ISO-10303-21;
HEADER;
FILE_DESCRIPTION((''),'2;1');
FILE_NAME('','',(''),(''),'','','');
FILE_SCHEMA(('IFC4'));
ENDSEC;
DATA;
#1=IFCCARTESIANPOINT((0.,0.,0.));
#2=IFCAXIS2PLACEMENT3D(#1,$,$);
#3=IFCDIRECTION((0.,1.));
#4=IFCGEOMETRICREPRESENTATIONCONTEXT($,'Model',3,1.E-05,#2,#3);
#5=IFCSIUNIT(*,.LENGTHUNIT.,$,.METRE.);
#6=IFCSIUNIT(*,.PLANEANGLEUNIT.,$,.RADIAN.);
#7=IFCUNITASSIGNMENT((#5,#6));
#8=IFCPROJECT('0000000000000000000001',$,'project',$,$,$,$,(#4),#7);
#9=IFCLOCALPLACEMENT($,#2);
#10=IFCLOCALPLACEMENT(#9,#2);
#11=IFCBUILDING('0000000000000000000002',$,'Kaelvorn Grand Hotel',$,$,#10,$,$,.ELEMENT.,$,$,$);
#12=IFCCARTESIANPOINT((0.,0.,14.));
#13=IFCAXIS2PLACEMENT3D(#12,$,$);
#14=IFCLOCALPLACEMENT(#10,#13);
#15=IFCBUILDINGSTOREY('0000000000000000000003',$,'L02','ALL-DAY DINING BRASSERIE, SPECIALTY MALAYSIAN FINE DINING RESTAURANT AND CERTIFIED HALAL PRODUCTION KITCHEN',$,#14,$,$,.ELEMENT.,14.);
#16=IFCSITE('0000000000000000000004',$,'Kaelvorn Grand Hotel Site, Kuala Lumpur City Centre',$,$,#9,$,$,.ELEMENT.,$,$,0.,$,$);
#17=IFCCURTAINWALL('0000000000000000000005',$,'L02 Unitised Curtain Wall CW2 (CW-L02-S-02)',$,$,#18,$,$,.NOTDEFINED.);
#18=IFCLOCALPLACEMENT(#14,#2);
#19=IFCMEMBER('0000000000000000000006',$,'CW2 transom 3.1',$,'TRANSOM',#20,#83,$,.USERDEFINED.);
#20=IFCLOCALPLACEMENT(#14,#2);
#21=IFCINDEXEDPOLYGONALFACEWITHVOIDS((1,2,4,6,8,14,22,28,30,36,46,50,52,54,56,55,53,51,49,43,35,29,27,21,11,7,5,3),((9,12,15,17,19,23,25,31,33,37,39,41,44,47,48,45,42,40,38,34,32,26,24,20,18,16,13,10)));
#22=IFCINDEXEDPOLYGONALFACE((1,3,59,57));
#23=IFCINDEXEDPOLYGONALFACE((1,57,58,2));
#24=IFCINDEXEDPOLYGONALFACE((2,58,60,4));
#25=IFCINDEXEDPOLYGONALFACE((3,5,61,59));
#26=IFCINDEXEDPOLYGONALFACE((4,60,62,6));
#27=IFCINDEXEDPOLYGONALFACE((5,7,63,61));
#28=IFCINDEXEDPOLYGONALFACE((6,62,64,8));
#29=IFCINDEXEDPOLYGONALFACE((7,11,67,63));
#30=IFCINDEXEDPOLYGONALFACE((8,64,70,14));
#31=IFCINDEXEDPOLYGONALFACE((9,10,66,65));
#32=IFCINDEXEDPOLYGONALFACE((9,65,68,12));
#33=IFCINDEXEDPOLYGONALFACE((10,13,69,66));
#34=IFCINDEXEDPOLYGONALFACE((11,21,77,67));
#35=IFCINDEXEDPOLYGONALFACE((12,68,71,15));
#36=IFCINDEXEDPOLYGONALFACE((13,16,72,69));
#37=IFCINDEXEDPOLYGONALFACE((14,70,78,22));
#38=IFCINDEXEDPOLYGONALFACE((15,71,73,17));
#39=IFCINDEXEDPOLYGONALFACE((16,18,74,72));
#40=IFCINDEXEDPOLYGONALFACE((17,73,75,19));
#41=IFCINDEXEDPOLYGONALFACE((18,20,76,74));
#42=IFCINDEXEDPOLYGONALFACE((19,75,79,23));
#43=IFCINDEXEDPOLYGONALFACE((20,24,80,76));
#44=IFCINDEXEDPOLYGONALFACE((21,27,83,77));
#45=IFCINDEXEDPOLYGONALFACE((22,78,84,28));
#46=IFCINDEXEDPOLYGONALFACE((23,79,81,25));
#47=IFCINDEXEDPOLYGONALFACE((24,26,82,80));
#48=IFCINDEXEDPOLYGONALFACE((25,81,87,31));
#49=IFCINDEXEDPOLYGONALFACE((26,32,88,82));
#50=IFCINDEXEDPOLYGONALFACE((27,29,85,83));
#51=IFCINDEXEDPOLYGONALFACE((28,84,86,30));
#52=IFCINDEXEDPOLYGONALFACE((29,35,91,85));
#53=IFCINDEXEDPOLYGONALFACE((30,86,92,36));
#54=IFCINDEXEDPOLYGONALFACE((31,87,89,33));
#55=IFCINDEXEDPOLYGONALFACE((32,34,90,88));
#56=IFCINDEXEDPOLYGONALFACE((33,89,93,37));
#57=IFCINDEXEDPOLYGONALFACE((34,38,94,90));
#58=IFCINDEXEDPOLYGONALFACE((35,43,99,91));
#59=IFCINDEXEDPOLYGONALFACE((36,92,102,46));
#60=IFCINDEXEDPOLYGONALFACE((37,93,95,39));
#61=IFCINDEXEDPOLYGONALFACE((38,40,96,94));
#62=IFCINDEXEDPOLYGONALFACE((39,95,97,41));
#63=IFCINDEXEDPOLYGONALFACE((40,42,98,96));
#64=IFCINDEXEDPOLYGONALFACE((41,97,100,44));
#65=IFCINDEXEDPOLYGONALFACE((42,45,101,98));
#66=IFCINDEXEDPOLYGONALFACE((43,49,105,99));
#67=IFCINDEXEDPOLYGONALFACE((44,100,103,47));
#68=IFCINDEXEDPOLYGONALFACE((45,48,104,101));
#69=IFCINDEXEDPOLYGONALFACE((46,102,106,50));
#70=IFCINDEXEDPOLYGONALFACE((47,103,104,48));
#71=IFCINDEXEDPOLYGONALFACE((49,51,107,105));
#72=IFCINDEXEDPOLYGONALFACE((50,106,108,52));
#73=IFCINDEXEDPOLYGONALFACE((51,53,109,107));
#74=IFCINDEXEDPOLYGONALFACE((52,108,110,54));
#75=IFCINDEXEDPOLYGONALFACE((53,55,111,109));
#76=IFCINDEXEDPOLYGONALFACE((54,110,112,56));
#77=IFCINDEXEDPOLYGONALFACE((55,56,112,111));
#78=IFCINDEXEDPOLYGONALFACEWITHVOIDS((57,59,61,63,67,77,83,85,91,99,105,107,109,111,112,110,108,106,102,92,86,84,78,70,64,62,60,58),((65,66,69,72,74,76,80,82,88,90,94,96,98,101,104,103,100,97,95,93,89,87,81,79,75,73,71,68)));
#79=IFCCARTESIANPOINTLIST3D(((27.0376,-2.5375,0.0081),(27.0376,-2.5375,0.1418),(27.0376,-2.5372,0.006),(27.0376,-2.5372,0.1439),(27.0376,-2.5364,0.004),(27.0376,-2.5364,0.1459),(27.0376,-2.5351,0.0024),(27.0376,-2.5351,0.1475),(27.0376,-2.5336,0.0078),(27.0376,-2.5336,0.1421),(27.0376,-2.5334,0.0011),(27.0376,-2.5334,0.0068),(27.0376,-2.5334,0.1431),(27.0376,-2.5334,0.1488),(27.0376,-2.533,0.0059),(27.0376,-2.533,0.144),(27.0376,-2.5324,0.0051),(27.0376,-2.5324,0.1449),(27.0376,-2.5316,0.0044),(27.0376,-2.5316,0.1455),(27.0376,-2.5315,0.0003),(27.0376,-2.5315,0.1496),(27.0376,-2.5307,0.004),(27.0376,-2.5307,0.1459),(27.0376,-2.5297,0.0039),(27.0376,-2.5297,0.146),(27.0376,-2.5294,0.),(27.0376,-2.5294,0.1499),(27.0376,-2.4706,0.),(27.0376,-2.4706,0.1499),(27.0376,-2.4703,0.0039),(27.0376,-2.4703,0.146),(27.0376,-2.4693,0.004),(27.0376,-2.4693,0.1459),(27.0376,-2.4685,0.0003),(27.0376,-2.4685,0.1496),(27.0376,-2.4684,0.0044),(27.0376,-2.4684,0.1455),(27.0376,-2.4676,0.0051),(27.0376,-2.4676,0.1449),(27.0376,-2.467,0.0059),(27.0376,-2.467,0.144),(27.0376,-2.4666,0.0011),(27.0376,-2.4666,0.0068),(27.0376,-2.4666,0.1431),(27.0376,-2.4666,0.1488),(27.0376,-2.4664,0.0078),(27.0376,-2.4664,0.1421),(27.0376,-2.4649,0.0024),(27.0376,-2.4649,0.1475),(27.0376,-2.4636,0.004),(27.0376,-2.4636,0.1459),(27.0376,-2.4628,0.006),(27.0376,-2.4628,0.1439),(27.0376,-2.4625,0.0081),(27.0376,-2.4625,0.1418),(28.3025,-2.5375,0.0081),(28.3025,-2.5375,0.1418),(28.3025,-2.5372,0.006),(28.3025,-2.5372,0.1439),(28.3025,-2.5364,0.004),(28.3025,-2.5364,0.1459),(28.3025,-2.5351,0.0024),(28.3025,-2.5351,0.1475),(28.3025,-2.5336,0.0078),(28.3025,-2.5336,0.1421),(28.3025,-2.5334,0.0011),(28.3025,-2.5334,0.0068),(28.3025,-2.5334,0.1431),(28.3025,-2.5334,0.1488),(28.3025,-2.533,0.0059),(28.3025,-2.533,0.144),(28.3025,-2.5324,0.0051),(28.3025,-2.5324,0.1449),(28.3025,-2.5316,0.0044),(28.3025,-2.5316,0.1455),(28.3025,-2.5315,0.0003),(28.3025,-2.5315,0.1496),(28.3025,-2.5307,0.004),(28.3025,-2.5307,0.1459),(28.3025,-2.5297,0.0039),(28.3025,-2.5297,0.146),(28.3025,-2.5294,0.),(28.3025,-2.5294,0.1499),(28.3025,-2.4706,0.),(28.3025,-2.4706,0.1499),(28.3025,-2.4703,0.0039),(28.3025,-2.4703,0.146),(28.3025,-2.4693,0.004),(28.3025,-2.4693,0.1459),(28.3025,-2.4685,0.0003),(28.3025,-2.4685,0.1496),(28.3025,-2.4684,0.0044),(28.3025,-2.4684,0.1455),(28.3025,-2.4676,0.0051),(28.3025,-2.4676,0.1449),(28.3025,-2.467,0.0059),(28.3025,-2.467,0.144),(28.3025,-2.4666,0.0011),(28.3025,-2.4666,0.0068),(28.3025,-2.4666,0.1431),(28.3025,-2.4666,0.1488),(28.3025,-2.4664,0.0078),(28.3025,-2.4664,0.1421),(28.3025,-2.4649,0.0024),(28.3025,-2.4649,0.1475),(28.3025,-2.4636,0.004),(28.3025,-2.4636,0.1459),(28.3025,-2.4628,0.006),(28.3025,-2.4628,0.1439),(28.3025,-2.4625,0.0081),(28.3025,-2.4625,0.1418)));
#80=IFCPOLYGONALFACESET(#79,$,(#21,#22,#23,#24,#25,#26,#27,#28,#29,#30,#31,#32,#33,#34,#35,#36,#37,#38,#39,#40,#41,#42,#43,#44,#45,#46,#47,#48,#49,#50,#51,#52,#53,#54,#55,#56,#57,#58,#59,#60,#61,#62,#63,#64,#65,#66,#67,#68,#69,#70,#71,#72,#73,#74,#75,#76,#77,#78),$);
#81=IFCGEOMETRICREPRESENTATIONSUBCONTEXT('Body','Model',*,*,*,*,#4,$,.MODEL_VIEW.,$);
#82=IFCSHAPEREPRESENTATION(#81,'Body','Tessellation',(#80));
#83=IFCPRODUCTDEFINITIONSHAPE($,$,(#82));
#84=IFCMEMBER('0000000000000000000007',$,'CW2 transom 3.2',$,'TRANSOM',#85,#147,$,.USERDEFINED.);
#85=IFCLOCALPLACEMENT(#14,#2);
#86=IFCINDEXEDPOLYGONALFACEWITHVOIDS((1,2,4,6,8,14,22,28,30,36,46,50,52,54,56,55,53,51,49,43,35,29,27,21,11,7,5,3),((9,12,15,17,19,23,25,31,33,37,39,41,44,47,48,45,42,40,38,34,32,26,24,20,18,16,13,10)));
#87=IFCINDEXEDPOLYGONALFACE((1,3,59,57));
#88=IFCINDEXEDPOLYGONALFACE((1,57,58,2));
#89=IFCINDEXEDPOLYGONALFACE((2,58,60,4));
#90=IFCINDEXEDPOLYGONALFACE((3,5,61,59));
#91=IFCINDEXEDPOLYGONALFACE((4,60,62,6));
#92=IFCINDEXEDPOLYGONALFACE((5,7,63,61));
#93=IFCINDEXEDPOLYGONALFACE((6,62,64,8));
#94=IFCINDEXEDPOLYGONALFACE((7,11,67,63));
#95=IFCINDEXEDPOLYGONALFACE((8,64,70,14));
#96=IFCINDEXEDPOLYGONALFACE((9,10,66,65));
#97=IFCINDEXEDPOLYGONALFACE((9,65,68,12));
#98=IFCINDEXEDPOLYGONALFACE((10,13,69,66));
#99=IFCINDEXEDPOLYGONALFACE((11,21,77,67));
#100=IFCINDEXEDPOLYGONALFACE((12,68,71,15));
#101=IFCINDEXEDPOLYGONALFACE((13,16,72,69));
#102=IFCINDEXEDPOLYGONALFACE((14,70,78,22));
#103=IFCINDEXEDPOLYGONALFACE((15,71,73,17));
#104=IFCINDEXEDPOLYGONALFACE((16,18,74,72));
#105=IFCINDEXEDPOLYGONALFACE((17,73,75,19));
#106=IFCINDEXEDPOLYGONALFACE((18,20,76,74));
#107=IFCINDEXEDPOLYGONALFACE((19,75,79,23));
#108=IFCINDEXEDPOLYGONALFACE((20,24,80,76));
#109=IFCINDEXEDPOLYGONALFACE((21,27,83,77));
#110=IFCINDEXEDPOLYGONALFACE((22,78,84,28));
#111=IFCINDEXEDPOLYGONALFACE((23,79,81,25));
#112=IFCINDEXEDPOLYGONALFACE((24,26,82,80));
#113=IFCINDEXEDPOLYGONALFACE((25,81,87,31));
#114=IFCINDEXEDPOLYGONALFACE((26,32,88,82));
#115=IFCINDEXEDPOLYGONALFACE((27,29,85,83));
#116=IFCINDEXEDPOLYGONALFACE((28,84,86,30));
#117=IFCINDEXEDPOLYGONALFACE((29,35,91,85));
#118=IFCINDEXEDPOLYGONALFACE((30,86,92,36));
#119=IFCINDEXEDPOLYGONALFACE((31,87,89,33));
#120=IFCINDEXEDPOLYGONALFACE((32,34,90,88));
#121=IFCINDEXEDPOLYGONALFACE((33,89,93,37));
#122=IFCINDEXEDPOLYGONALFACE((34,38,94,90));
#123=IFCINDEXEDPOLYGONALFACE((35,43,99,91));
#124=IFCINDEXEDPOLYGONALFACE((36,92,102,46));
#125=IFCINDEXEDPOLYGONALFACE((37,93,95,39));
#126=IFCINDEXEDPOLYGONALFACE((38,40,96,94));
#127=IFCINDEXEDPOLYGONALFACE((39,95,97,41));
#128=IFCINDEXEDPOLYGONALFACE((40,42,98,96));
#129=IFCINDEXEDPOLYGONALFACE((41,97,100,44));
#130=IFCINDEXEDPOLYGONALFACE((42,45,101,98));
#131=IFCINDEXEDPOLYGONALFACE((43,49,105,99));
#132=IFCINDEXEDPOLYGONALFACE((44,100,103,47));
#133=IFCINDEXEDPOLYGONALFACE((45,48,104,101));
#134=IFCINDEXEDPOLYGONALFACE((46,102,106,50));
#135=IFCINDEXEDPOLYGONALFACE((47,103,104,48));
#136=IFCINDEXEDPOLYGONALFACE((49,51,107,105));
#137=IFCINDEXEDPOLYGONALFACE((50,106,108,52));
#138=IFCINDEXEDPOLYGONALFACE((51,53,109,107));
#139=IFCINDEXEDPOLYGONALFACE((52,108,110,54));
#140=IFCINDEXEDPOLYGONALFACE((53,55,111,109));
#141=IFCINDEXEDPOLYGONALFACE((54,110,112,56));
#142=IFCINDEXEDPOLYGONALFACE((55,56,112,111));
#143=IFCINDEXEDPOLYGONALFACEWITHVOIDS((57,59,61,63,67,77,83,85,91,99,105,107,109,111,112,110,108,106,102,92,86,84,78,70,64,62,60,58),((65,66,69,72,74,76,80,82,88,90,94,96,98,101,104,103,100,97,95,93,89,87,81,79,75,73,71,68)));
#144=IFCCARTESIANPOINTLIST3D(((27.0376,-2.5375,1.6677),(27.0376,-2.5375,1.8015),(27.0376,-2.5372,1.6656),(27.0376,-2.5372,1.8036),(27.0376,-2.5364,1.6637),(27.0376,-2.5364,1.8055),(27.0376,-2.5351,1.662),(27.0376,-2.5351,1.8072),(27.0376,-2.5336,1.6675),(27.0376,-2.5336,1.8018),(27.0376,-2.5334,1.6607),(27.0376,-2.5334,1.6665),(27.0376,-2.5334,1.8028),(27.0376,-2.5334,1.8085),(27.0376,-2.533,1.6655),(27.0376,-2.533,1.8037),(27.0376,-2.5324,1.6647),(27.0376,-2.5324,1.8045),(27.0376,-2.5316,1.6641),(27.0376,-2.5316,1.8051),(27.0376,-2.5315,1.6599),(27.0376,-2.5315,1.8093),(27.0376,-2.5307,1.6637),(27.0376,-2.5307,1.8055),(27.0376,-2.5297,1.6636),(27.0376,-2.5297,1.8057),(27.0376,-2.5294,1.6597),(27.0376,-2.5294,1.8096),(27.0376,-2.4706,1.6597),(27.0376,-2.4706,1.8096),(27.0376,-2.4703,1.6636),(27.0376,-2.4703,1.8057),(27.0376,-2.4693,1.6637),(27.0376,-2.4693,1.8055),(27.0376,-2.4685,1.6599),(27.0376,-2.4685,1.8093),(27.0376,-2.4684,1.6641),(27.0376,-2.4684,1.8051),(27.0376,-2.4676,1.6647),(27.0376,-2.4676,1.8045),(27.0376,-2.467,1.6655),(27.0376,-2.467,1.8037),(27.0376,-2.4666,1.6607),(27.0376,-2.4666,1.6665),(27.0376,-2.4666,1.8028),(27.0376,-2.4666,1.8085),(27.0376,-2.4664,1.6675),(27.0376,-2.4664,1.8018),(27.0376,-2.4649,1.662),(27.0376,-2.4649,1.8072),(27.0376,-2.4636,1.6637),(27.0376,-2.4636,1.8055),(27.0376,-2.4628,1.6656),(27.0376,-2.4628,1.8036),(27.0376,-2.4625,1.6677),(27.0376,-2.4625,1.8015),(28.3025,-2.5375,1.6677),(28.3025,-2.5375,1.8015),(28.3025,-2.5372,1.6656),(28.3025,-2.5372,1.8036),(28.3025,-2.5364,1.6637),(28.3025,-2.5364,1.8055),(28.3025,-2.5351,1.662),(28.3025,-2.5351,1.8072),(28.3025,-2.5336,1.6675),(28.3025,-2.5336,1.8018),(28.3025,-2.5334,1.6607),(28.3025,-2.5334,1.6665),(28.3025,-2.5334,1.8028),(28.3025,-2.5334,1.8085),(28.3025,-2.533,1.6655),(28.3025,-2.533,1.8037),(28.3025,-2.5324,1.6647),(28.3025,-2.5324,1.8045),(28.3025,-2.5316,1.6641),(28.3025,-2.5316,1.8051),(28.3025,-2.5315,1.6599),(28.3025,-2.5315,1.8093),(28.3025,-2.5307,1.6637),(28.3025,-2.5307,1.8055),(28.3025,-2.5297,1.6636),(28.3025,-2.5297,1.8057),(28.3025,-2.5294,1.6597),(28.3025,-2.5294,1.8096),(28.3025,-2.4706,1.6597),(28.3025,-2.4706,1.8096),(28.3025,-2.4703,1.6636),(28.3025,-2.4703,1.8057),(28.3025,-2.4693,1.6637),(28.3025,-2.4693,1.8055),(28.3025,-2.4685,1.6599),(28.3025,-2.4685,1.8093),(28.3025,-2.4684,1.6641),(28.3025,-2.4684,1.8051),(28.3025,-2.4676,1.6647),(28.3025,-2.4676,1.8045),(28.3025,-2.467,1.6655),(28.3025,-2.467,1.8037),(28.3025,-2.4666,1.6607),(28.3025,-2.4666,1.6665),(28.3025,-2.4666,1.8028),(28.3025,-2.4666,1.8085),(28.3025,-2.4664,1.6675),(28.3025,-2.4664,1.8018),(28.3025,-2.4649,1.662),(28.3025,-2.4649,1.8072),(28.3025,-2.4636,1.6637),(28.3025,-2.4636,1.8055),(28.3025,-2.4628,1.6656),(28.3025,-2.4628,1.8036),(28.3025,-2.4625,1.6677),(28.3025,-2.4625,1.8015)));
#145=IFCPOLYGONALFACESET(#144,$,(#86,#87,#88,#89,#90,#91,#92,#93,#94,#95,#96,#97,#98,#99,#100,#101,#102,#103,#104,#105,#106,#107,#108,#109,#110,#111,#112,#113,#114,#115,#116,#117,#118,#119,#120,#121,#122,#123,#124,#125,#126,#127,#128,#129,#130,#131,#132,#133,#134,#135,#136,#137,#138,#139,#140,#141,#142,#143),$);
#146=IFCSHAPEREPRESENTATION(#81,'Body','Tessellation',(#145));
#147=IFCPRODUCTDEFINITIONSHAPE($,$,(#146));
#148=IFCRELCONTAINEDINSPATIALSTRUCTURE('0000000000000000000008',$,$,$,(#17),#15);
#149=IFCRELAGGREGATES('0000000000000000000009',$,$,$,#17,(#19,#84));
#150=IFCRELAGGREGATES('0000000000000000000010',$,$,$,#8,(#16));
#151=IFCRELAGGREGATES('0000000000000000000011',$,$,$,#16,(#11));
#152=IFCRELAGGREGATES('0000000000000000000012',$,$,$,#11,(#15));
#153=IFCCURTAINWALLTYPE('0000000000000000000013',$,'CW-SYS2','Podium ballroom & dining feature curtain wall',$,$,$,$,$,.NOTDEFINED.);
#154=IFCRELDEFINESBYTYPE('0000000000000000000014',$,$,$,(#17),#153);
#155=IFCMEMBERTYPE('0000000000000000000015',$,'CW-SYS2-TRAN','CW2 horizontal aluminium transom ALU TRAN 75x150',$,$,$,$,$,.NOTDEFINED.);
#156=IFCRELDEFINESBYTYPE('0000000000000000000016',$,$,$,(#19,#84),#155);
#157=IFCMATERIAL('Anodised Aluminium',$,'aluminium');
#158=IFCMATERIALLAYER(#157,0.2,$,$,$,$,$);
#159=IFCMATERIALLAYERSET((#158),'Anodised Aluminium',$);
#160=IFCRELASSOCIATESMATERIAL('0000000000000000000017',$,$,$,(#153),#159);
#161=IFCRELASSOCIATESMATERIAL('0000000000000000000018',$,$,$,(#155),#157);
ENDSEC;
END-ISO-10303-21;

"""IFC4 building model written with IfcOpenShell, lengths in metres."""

from ifc_helpers import new_model, si_unit, direction, frame, origin, origin_2d, place, context, subcontext, project, spatial, hollow_rectangle, extrude, material, layer, layer_set, material_profile, profile_set, type_object, element, aggregate, save


model = new_model("IFC4")

# Units and contexts
model_context = context("Model", 3, precision=1e-05, world=origin(), true_north=direction((0.0, 1.0)))
body_context = subcontext(model_context, "Body", "Model", "MODEL_VIEW")
ifc_project = project(units=[si_unit("LENGTHUNIT", "METRE"), si_unit("PLANEANGLEUNIT", "RADIAN")], contexts=[model_context])

# Site, building, storey
site_placement = place(None, origin())
site = spatial("IfcSite", under=ifc_project, at=site_placement, Name="Kaelvorn Grand Hotel Site, Kuala Lumpur City Centre", CompositionType="ELEMENT", RefElevation=0.0)
building_placement = place(site_placement, origin())
building = spatial("IfcBuilding", under=site, at=building_placement, Name="Kaelvorn Grand Hotel", CompositionType="ELEMENT")
storey_placement = place(building_placement, frame((0.0, 0.0, 14.0)))
storey = spatial("IfcBuildingStorey", under=building, at=storey_placement, Name="L02", Description="ALL-DAY DINING BRASSERIE, SPECIALTY MALAYSIAN FINE DINING RESTAURANT AND CERTIFIED HALAL PRODUCTION KITCHEN", CompositionType="ELEMENT", Elevation=14.0)

# Shared definitions
ifc_material_1 = material(Name="Anodised Aluminium", Category="aluminium")
ifc_layer_1 = layer(ifc_material_1, 0.2)
ifc_layer_set_1 = layer_set([ifc_layer_1], Name="Anodised Aluminium")
curtain_wall_type = type_object("IfcCurtainWallType", Name="CW-SYS2", Description="Podium ballroom & dining feature curtain wall", PredefinedType="NOTDEFINED", material=ifc_layer_set_1)

# Curtain wall
curtain_wall_1_placement = place(storey_placement, origin())
curtain_wall_1 = element("IfcCurtainWall", 1, at=curtain_wall_1_placement, inside=storey, type_object=curtain_wall_type, Name="L02 Unitised Curtain Wall CW2 (CW-L02-S-02)", PredefinedType="NOTDEFINED")

# Members
ifc_material_profile_1 = material_profile(ifc_material_1, hollow_rectangle(XDim=0.075, YDim=0.1499, WallThickness=0.0039, InnerFilletRadius=0.0039, OuterFilletRadius=0.0081, at=origin_2d()), Name="ALU TRAN 75x150")
ifc_profile_set_1 = profile_set([ifc_material_profile_1], Name="Anodised Aluminium")
member_type_1 = type_object("IfcMemberType", Name="CW-SYS2-TRAN", Description="CW2 horizontal aluminium transom ALU TRAN 75x150", PredefinedType="NOTDEFINED", material=ifc_profile_set_1)
member_1_placement = place(storey_placement, frame((27.0376, -2.5, 0.075), z_axis=(1.0, 0.0, 0.0), x_axis=(0.0, 1.0, 0.0)))
member_1 = element("IfcMember", 2, at=member_1_placement, type_object=member_type_1, Name="CW2 transom 3.1", ObjectType="TRANSOM", PredefinedType="USERDEFINED", context=body_context, shape_type="SweptSolid", body=[
    extrude(hollow_rectangle(XDim=0.075, YDim=0.1499, WallThickness=0.0039, InnerFilletRadius=0.0039, OuterFilletRadius=0.0081, at=origin_2d()), origin(), (0.0, 0.0, 1.0), 1.2649),
])
member_2_placement = place(storey_placement, frame((27.0376, -2.5, 1.7346), z_axis=(1.0, 0.0, 0.0), x_axis=(0.0, 1.0, 0.0)))
member_2 = element("IfcMember", 3, at=member_2_placement, type_object=member_type_1, Name="CW2 transom 3.2", ObjectType="TRANSOM", PredefinedType="USERDEFINED", context=body_context, shape_type="SweptSolid", body=[
    extrude(hollow_rectangle(XDim=0.075, YDim=0.1499, WallThickness=0.0039, InnerFilletRadius=0.0039, OuterFilletRadius=0.0081, at=origin_2d()), origin(), (0.0, 0.0, 1.0), 1.2649),
])

aggregate(curtain_wall_1, [member_1, member_2])

save(model, "model.ifc")
